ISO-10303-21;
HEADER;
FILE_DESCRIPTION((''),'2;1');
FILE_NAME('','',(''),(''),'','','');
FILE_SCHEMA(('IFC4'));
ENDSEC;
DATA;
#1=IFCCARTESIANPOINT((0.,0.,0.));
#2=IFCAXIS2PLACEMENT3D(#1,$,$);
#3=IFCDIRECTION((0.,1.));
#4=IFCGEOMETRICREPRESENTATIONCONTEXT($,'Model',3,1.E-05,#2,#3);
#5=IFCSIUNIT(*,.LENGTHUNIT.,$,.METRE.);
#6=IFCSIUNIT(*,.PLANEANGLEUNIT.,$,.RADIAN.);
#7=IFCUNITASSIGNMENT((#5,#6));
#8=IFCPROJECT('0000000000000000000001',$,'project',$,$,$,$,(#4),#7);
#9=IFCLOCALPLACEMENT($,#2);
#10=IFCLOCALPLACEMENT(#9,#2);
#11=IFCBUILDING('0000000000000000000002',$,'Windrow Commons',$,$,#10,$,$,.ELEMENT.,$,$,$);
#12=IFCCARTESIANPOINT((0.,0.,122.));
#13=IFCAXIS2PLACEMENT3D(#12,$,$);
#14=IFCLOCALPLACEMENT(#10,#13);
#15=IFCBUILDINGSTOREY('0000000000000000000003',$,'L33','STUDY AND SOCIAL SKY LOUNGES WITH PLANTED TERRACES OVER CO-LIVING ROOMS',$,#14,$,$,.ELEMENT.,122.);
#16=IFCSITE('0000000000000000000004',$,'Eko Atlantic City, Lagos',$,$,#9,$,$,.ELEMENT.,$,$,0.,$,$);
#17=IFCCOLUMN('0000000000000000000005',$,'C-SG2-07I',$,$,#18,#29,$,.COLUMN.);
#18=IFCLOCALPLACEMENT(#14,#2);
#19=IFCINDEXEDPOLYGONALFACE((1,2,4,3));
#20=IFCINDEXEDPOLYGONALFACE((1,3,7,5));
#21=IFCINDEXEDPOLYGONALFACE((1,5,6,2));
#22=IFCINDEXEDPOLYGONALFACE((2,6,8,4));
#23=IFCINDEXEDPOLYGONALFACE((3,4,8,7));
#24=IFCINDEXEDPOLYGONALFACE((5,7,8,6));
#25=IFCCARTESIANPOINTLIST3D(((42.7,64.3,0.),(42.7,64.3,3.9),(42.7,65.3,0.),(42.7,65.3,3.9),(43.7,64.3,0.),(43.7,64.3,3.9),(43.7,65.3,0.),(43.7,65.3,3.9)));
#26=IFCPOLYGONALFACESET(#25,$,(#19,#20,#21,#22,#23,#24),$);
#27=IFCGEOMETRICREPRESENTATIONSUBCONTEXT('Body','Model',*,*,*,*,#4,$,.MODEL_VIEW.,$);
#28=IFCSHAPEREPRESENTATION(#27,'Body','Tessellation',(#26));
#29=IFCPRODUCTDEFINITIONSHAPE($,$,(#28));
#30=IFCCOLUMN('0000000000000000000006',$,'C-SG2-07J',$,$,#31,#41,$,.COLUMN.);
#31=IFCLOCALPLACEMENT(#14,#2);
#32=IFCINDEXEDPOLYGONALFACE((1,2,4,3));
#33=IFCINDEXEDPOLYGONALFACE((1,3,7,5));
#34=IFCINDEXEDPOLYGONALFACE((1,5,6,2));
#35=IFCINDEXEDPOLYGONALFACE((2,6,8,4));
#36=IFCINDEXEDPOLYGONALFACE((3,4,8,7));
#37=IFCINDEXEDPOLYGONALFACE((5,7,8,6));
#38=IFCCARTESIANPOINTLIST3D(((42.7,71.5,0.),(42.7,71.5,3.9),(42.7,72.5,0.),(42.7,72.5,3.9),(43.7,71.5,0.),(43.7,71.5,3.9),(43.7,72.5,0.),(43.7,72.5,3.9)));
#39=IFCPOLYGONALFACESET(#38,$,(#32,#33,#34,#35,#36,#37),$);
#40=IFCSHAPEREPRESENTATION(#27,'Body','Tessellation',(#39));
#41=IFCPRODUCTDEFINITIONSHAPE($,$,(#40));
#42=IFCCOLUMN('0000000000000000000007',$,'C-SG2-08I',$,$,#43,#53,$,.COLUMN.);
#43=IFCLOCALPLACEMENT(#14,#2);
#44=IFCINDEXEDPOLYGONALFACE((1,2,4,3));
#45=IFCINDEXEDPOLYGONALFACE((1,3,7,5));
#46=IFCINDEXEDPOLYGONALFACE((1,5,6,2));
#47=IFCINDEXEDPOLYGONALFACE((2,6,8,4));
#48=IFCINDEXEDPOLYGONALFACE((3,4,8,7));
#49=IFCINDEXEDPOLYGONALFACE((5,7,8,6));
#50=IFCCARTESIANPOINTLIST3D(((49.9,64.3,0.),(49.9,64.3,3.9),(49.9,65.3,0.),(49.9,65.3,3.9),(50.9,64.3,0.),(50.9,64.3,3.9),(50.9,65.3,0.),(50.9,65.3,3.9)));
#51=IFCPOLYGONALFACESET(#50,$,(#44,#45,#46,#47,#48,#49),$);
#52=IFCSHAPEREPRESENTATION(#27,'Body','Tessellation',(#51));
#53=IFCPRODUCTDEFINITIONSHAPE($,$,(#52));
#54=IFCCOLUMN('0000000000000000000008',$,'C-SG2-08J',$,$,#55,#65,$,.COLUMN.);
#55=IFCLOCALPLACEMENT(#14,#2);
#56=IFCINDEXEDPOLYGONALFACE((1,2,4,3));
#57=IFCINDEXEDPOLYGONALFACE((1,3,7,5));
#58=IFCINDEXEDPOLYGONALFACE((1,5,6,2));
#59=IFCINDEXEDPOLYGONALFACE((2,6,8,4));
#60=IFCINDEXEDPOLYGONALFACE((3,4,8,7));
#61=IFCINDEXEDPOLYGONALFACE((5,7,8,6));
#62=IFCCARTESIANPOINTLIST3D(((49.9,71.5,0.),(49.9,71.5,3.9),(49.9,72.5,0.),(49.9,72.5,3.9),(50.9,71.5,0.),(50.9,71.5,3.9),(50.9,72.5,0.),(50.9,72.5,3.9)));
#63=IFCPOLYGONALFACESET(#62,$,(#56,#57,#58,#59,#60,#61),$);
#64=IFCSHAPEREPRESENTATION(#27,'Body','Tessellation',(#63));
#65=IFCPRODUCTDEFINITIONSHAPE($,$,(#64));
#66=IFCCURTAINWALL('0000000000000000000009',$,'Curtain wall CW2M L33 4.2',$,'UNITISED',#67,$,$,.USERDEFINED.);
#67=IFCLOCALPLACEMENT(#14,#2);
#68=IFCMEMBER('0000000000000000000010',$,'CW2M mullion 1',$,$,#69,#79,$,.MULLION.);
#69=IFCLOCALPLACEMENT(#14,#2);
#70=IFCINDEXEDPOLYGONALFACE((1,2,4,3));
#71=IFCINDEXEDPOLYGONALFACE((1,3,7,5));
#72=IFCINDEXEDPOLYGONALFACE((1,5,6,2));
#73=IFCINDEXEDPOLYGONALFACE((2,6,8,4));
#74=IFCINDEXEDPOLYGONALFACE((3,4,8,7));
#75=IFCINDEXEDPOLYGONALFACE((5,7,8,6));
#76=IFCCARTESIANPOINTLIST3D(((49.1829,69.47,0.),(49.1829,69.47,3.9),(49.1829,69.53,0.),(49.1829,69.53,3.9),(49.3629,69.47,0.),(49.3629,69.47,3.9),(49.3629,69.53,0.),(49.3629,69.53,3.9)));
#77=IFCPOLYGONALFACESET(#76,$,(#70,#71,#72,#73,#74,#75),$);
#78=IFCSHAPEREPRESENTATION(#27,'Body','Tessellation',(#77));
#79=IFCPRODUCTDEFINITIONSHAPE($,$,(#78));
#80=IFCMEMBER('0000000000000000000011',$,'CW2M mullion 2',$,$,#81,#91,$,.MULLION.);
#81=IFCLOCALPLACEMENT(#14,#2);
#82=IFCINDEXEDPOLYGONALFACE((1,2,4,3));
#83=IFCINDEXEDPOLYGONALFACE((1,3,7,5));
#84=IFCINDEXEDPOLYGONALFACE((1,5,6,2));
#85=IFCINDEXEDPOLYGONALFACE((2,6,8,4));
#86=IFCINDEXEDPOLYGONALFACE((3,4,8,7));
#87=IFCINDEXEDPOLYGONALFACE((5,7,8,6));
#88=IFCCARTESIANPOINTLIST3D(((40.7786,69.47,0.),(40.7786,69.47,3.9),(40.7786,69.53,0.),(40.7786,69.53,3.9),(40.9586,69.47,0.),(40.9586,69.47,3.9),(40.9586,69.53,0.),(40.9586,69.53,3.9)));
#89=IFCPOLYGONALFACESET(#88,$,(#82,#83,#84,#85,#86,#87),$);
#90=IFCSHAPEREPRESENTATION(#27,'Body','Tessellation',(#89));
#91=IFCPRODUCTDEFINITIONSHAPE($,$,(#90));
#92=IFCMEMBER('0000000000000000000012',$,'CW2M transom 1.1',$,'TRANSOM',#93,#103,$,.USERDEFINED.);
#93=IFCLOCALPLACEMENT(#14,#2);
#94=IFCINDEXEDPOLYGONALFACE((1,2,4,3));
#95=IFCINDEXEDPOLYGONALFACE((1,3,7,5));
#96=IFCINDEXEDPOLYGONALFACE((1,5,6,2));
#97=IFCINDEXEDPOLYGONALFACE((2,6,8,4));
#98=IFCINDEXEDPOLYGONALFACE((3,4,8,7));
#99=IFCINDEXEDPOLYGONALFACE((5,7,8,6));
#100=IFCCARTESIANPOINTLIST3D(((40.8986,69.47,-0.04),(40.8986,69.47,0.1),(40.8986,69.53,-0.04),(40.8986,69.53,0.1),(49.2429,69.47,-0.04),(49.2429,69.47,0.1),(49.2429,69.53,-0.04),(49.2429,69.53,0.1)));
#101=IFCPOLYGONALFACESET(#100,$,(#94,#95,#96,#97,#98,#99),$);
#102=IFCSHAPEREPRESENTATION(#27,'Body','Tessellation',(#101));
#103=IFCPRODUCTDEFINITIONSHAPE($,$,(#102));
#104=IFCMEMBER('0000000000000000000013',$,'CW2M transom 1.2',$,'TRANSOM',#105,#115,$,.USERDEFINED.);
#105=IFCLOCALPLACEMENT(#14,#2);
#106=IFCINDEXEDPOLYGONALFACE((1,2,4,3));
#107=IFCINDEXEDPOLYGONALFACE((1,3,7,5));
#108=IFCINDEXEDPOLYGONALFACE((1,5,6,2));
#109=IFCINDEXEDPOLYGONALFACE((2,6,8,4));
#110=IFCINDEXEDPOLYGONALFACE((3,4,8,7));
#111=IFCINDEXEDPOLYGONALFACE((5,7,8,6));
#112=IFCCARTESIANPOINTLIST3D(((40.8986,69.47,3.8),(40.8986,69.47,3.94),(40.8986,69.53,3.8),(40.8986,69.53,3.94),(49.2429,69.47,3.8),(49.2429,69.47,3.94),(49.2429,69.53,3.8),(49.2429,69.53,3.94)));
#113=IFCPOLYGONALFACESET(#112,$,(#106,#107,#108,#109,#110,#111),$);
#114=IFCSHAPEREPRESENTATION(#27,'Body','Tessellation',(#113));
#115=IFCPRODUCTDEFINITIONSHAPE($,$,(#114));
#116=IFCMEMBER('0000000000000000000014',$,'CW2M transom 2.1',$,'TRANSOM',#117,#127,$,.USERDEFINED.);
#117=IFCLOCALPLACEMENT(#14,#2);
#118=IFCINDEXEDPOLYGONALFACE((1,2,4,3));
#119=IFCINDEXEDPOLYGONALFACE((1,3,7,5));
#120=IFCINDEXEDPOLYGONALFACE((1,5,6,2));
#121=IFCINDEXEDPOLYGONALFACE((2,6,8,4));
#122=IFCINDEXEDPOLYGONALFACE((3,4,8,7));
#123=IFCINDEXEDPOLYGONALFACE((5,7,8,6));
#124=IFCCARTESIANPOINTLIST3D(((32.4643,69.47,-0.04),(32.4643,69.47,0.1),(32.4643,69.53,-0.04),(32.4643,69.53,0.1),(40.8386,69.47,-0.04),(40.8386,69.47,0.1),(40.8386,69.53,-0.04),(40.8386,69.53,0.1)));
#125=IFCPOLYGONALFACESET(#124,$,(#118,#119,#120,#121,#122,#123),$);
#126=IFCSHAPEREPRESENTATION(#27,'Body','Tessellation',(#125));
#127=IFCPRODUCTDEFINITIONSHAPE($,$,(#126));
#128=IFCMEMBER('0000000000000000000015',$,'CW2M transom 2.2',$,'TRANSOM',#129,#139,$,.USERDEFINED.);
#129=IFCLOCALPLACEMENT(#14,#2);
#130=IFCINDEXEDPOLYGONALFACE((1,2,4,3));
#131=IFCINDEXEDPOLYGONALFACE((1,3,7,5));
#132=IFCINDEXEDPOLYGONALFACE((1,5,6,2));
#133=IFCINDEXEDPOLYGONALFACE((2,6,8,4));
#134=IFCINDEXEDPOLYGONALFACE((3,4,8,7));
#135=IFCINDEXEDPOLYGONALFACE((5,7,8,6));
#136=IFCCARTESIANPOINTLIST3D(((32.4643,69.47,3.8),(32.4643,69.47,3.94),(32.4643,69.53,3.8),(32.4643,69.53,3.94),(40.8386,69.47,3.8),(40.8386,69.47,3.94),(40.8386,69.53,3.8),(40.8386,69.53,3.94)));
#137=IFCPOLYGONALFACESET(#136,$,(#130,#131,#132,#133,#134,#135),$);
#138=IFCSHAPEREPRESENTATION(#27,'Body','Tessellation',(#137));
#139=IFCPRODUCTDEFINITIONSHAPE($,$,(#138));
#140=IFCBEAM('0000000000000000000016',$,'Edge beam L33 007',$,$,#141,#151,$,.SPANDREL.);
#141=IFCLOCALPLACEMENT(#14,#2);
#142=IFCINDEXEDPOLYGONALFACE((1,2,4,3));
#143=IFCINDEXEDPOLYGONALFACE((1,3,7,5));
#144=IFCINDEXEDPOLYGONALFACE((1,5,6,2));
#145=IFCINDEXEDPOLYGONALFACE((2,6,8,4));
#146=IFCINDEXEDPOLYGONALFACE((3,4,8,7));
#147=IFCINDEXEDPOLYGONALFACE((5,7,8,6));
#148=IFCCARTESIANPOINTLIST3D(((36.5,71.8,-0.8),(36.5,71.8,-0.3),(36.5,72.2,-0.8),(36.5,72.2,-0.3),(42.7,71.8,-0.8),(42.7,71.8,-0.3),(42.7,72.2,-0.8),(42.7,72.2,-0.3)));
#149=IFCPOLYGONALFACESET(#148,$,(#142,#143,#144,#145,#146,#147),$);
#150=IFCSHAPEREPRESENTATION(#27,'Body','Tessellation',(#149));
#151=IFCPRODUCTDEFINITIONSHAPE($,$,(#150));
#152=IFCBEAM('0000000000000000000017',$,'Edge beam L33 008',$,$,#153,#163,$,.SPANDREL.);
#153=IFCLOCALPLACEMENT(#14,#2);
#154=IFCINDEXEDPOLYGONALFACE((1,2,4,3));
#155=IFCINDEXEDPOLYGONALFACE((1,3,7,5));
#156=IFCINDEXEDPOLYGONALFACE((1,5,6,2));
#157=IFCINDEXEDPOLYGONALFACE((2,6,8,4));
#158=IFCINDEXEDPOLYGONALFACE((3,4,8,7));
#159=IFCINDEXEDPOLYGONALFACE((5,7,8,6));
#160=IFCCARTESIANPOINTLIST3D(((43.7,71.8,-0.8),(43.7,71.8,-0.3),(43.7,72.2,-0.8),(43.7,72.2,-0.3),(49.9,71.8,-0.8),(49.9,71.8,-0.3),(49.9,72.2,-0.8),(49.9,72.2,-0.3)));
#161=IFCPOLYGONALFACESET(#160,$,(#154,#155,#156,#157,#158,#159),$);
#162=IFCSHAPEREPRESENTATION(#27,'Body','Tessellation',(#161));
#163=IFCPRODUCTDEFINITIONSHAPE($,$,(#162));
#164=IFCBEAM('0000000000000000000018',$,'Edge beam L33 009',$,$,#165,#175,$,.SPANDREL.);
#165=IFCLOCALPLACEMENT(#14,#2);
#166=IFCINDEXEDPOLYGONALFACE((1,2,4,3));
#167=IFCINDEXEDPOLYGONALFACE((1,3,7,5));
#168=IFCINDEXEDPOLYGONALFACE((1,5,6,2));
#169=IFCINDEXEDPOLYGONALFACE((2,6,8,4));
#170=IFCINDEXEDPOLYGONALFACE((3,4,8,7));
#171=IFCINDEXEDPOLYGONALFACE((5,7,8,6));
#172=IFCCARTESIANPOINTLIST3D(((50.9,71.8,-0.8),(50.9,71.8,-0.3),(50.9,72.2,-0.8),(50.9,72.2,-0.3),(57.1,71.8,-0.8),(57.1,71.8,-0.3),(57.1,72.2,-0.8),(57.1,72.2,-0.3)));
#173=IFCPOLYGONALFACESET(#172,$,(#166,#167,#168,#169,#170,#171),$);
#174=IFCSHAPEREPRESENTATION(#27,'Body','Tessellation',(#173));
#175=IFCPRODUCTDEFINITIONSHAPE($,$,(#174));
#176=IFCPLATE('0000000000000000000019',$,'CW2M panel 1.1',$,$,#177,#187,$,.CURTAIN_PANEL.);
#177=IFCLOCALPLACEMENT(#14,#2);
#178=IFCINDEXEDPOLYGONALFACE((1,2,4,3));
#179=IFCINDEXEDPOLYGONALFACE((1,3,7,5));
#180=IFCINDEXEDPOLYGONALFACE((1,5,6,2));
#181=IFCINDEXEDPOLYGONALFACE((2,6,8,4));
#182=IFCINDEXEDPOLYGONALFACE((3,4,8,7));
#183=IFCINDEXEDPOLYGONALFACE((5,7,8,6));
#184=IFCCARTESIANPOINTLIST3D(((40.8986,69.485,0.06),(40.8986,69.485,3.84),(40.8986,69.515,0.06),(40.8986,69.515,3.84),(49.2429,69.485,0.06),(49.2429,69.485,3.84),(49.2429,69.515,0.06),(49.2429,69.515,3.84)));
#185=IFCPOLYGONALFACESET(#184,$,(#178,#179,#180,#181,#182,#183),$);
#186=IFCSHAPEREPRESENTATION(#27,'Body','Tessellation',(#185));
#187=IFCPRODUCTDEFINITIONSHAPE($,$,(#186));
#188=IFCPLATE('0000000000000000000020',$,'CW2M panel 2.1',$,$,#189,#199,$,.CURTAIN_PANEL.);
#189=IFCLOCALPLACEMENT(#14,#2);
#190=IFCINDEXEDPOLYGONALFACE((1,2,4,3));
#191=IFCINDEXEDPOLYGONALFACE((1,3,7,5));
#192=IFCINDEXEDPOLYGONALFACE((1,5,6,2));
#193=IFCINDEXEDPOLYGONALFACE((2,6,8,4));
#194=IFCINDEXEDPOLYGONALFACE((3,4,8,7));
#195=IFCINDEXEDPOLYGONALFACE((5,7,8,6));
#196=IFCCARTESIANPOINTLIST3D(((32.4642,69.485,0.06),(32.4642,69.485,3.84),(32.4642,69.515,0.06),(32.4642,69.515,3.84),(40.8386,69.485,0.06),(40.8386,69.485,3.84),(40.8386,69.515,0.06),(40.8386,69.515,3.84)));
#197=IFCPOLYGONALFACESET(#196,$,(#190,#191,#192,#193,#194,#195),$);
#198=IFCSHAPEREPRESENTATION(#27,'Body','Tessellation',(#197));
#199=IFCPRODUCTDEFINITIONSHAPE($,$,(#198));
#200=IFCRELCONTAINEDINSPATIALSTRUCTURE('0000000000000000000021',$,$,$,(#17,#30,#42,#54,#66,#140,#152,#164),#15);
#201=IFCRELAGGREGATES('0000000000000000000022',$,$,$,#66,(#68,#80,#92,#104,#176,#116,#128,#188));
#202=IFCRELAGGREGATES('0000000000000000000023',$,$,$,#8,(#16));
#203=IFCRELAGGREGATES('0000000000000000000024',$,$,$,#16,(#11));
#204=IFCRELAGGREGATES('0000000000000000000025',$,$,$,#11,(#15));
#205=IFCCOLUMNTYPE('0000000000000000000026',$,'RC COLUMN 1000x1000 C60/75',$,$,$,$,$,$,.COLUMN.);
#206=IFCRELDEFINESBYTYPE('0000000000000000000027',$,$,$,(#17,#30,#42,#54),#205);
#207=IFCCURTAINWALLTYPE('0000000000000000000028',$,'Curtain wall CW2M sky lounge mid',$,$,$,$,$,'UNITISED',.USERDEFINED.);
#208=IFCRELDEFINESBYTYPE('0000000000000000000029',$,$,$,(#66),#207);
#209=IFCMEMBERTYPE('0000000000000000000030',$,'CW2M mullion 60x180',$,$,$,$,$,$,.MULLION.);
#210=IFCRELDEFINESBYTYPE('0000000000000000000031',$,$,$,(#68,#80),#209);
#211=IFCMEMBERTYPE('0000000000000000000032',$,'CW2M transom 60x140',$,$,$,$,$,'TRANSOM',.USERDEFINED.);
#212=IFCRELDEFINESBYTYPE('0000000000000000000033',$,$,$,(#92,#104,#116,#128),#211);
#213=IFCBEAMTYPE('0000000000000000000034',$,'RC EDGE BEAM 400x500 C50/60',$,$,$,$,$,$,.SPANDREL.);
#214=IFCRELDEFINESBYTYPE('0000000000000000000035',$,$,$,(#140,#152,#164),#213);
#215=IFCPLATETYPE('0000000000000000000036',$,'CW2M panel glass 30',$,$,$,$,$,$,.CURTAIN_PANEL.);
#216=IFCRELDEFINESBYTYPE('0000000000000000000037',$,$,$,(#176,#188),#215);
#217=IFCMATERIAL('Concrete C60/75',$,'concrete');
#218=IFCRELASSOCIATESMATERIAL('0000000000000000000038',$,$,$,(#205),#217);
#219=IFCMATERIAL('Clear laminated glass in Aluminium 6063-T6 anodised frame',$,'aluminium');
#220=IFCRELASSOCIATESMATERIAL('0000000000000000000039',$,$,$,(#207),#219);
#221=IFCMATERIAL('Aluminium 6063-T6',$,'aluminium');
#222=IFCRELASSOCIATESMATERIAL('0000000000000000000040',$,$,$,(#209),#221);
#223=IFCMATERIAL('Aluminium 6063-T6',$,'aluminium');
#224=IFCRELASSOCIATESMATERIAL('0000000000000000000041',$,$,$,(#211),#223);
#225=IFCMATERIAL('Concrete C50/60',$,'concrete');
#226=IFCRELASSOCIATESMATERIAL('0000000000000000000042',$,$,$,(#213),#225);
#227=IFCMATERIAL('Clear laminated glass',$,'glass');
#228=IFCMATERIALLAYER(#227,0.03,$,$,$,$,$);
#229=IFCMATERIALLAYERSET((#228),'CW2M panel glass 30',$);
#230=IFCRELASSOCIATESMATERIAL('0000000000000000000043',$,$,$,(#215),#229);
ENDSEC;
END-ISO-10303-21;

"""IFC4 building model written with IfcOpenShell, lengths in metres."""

from ifc_helpers import new_model, si_unit, direction, frame, origin, origin_2d, place, context, subcontext, project, spatial, rectangle, extrude, material, layer, layer_set, material_profile, profile_set, type_object, element, aggregate, save


model = new_model("IFC4")

# Units and contexts
model_context = context("Model", 3, precision=1e-05, world=origin(), true_north=direction((0.0, 1.0)))
body_context = subcontext(model_context, "Body", "Model", "MODEL_VIEW")
ifc_project = project(units=[si_unit("LENGTHUNIT", "METRE"), si_unit("PLANEANGLEUNIT", "RADIAN")], contexts=[model_context])

# Site, building, storey
site_placement = place(None, origin())
site = spatial("IfcSite", under=ifc_project, at=site_placement, Name="Eko Atlantic City, Lagos", CompositionType="ELEMENT", RefElevation=0.0)
building_placement = place(site_placement, origin())
building = spatial("IfcBuilding", under=site, at=building_placement, Name="Windrow Commons", CompositionType="ELEMENT")
storey_placement = place(building_placement, frame((0.0, 0.0, 122.0)))
storey = spatial("IfcBuildingStorey", under=building, at=storey_placement, Name="L33", Description="STUDY AND SOCIAL SKY LOUNGES WITH PLANTED TERRACES OVER CO-LIVING ROOMS", CompositionType="ELEMENT", Elevation=122.0)

# Columns
ifc_material_1 = material(Name="Concrete C60/75", Category="concrete")
ifc_material_profile_1 = material_profile(ifc_material_1, rectangle(XDim=1.0, YDim=1.0, at=origin_2d()))
ifc_profile_set_1 = profile_set([ifc_material_profile_1], Name="Concrete C60/75")
column_type = type_object("IfcColumnType", Name="RC COLUMN 1000x1000 C60/75", PredefinedType="COLUMN", material=ifc_profile_set_1)
for number, where, z_axis, x_axis, name in (
    (1, (43.2, 64.8, 0.0), (0.0, 0.0, 1.0), (1.0, 0.0, 0.0), "C-SG2-07I"),
    (2, (43.2, 72.0, 0.0), (0.0, 0.0, 1.0), (1.0, 0.0, 0.0), "C-SG2-07J"),
    (3, (50.4, 64.8, 0.0), (0.0, 0.0, 1.0), (1.0, 0.0, 0.0), "C-SG2-08I"),
    (4, (50.4, 72.0, 0.0), (0.0, 0.0, 1.0), (1.0, 0.0, 0.0), "C-SG2-08J"),
):
    element("IfcColumn", number, at=place(storey_placement, frame(where, z_axis=z_axis, x_axis=x_axis)), inside=storey, type_object=column_type, Name=name, PredefinedType="COLUMN", context=body_context, shape_type="SweptSolid", body=[
        extrude(rectangle(XDim=1.0, YDim=1.0, at=origin_2d()), origin(), (0.0, 0.0, 1.0), 3.9),
    ])

# Curtain wall, members
ifc_material_2 = material(Name="Clear laminated glass in Aluminium 6063-T6 anodised frame", Category="aluminium")
curtain_wall_type = type_object("IfcCurtainWallType", Name="Curtain wall CW2M sky lounge mid", ElementType="UNITISED", PredefinedType="USERDEFINED", material=ifc_material_2)
curtain_wall_placement = place(storey_placement, origin())
curtain_wall = element("IfcCurtainWall", 5, at=curtain_wall_placement, inside=storey, type_object=curtain_wall_type, Name="Curtain wall CW2M L33 4.2", ObjectType="UNITISED", PredefinedType="USERDEFINED")
ifc_material_3 = material(Name="Aluminium 6063-T6", Category="aluminium")
ifc_material_profile_2 = material_profile(ifc_material_3, rectangle(XDim=0.06, YDim=0.18, at=origin_2d()))
ifc_profile_set_2 = profile_set([ifc_material_profile_2], Name="Aluminium 6063-T6")
member_type_1 = type_object("IfcMemberType", Name="CW2M mullion 60x180", PredefinedType="MULLION", material=ifc_profile_set_2)
member_1_placement = place(storey_placement, frame((49.2729, 69.5, 0.0), z_axis=(0.0, 0.0, 1.0), x_axis=(0.0, -1.0, 0.0)))
member_1 = element("IfcMember", 6, at=member_1_placement, type_object=member_type_1, Name="CW2M mullion 1", PredefinedType="MULLION", context=body_context, shape_type="SweptSolid", body=[
    extrude(rectangle(XDim=0.06, YDim=0.18, at=origin_2d()), origin(), (0.0, 0.0, 1.0), 3.9),
])
member_2_placement = place(storey_placement, frame((40.8686, 69.5, 0.0), z_axis=(0.0, 0.0, 1.0), x_axis=(0.0, -1.0, 0.0)))
member_2 = element("IfcMember", 7, at=member_2_placement, type_object=member_type_1, Name="CW2M mullion 2", PredefinedType="MULLION", context=body_context, shape_type="SweptSolid", body=[
    extrude(rectangle(XDim=0.06, YDim=0.18, at=origin_2d()), origin(), (0.0, 0.0, 1.0), 3.9),
])
ifc_material_4 = material(Name="Aluminium 6063-T6", Category="aluminium")
ifc_material_profile_3 = material_profile(ifc_material_4, rectangle(XDim=0.06, YDim=0.14, at=origin_2d()))
ifc_profile_set_3 = profile_set([ifc_material_profile_3], Name="Aluminium 6063-T6")
member_type_2 = type_object("IfcMemberType", Name="CW2M transom 60x140", ElementType="TRANSOM", PredefinedType="USERDEFINED", material=ifc_profile_set_3)
member_3_placement = place(storey_placement, frame((49.2429, 69.5, 0.03), z_axis=(-1.0, 0.0, 0.0), x_axis=(0.0, -1.0, 0.0)))
member_3 = element("IfcMember", 8, at=member_3_placement, type_object=member_type_2, Name="CW2M transom 1.1", ObjectType="TRANSOM", PredefinedType="USERDEFINED", context=body_context, shape_type="SweptSolid", body=[
    extrude(rectangle(XDim=0.06, YDim=0.14, at=origin_2d()), origin(), (0.0, 0.0, 1.0), 8.3443),
])
member_4_placement = place(storey_placement, frame((49.2429, 69.5, 3.87), z_axis=(-1.0, 0.0, 0.0), x_axis=(0.0, -1.0, 0.0)))
member_4 = element("IfcMember", 9, at=member_4_placement, type_object=member_type_2, Name="CW2M transom 1.2", ObjectType="TRANSOM", PredefinedType="USERDEFINED", context=body_context, shape_type="SweptSolid", body=[
    extrude(rectangle(XDim=0.06, YDim=0.14, at=origin_2d()), origin(), (0.0, 0.0, 1.0), 8.3443),
])
member_5_placement = place(storey_placement, frame((40.8386, 69.5, 0.03), z_axis=(-1.0, 0.0, 0.0), x_axis=(0.0, -1.0, 0.0)))
member_5 = element("IfcMember", 10, at=member_5_placement, type_object=member_type_2, Name="CW2M transom 2.1", ObjectType="TRANSOM", PredefinedType="USERDEFINED", context=body_context, shape_type="SweptSolid", body=[
    extrude(rectangle(XDim=0.06, YDim=0.14, at=origin_2d()), origin(), (0.0, 0.0, 1.0), 8.3743),
])
member_6_placement = place(storey_placement, frame((40.8386, 69.5, 3.87), z_axis=(-1.0, 0.0, 0.0), x_axis=(0.0, -1.0, 0.0)))
member_6 = element("IfcMember", 11, at=member_6_placement, type_object=member_type_2, Name="CW2M transom 2.2", ObjectType="TRANSOM", PredefinedType="USERDEFINED", context=body_context, shape_type="SweptSolid", body=[
    extrude(rectangle(XDim=0.06, YDim=0.14, at=origin_2d()), origin(), (0.0, 0.0, 1.0), 8.3743),
])

# Beams
ifc_material_5 = material(Name="Concrete C50/60", Category="concrete")
ifc_material_profile_4 = material_profile(ifc_material_5, rectangle(XDim=0.4, YDim=0.5, at=origin_2d()))
ifc_profile_set_4 = profile_set([ifc_material_profile_4], Name="Concrete C50/60")
beam_type = type_object("IfcBeamType", Name="RC EDGE BEAM 400x500 C50/60", PredefinedType="SPANDREL", material=ifc_profile_set_4)
for number, where, z_axis, x_axis, name in (
    (12, (36.5, 72.0, -0.55), (1.0, 0.0, 0.0), (0.0, 1.0, 0.0), "Edge beam L33 007"),
    (13, (43.7, 72.0, -0.55), (1.0, 0.0, 0.0), (0.0, 1.0, 0.0), "Edge beam L33 008"),
    (14, (50.9, 72.0, -0.55), (1.0, 0.0, 0.0), (0.0, 1.0, 0.0), "Edge beam L33 009"),
):
    element("IfcBeam", number, at=place(storey_placement, frame(where, z_axis=z_axis, x_axis=x_axis)), inside=storey, type_object=beam_type, Name=name, PredefinedType="SPANDREL", context=body_context, shape_type="SweptSolid", body=[
        extrude(rectangle(XDim=0.4, YDim=0.5, at=origin_2d()), origin(), (0.0, 0.0, 1.0), 6.2),
    ])

# Plates
ifc_material_6 = material(Name="Clear laminated glass", Category="glass")
ifc_layer_1 = layer(ifc_material_6, 0.03)
ifc_layer_set_1 = layer_set([ifc_layer_1], Name="CW2M panel glass 30")
plate_type = type_object("IfcPlateType", Name="CW2M panel glass 30", PredefinedType="CURTAIN_PANEL", material=ifc_layer_set_1)
plate_1_placement = place(storey_placement, frame((45.0707, 69.5, 0.06), z_axis=(0.0, 0.0, 1.0), x_axis=(-1.0, 0.0, 0.0)))
plate_1 = element("IfcPlate", 15, at=plate_1_placement, type_object=plate_type, Name="CW2M panel 1.1", PredefinedType="CURTAIN_PANEL", context=body_context, shape_type="SweptSolid", body=[
    extrude(rectangle(XDim=8.3443, YDim=0.03, at=origin_2d()), origin(), (0.0, 0.0, 1.0), 3.78),
])
plate_2_placement = place(storey_placement, frame((36.6514, 69.5, 0.06), z_axis=(0.0, 0.0, 1.0), x_axis=(-1.0, 0.0, 0.0)))
plate_2 = element("IfcPlate", 16, at=plate_2_placement, type_object=plate_type, Name="CW2M panel 2.1", PredefinedType="CURTAIN_PANEL", context=body_context, shape_type="SweptSolid", body=[
    extrude(rectangle(XDim=8.3743, YDim=0.03, at=origin_2d()), origin(), (0.0, 0.0, 1.0), 3.78),
])
aggregate(curtain_wall, [member_1, member_2, member_3, member_4, plate_1, member_5, member_6, plate_2])

save(model, "model.ifc")
